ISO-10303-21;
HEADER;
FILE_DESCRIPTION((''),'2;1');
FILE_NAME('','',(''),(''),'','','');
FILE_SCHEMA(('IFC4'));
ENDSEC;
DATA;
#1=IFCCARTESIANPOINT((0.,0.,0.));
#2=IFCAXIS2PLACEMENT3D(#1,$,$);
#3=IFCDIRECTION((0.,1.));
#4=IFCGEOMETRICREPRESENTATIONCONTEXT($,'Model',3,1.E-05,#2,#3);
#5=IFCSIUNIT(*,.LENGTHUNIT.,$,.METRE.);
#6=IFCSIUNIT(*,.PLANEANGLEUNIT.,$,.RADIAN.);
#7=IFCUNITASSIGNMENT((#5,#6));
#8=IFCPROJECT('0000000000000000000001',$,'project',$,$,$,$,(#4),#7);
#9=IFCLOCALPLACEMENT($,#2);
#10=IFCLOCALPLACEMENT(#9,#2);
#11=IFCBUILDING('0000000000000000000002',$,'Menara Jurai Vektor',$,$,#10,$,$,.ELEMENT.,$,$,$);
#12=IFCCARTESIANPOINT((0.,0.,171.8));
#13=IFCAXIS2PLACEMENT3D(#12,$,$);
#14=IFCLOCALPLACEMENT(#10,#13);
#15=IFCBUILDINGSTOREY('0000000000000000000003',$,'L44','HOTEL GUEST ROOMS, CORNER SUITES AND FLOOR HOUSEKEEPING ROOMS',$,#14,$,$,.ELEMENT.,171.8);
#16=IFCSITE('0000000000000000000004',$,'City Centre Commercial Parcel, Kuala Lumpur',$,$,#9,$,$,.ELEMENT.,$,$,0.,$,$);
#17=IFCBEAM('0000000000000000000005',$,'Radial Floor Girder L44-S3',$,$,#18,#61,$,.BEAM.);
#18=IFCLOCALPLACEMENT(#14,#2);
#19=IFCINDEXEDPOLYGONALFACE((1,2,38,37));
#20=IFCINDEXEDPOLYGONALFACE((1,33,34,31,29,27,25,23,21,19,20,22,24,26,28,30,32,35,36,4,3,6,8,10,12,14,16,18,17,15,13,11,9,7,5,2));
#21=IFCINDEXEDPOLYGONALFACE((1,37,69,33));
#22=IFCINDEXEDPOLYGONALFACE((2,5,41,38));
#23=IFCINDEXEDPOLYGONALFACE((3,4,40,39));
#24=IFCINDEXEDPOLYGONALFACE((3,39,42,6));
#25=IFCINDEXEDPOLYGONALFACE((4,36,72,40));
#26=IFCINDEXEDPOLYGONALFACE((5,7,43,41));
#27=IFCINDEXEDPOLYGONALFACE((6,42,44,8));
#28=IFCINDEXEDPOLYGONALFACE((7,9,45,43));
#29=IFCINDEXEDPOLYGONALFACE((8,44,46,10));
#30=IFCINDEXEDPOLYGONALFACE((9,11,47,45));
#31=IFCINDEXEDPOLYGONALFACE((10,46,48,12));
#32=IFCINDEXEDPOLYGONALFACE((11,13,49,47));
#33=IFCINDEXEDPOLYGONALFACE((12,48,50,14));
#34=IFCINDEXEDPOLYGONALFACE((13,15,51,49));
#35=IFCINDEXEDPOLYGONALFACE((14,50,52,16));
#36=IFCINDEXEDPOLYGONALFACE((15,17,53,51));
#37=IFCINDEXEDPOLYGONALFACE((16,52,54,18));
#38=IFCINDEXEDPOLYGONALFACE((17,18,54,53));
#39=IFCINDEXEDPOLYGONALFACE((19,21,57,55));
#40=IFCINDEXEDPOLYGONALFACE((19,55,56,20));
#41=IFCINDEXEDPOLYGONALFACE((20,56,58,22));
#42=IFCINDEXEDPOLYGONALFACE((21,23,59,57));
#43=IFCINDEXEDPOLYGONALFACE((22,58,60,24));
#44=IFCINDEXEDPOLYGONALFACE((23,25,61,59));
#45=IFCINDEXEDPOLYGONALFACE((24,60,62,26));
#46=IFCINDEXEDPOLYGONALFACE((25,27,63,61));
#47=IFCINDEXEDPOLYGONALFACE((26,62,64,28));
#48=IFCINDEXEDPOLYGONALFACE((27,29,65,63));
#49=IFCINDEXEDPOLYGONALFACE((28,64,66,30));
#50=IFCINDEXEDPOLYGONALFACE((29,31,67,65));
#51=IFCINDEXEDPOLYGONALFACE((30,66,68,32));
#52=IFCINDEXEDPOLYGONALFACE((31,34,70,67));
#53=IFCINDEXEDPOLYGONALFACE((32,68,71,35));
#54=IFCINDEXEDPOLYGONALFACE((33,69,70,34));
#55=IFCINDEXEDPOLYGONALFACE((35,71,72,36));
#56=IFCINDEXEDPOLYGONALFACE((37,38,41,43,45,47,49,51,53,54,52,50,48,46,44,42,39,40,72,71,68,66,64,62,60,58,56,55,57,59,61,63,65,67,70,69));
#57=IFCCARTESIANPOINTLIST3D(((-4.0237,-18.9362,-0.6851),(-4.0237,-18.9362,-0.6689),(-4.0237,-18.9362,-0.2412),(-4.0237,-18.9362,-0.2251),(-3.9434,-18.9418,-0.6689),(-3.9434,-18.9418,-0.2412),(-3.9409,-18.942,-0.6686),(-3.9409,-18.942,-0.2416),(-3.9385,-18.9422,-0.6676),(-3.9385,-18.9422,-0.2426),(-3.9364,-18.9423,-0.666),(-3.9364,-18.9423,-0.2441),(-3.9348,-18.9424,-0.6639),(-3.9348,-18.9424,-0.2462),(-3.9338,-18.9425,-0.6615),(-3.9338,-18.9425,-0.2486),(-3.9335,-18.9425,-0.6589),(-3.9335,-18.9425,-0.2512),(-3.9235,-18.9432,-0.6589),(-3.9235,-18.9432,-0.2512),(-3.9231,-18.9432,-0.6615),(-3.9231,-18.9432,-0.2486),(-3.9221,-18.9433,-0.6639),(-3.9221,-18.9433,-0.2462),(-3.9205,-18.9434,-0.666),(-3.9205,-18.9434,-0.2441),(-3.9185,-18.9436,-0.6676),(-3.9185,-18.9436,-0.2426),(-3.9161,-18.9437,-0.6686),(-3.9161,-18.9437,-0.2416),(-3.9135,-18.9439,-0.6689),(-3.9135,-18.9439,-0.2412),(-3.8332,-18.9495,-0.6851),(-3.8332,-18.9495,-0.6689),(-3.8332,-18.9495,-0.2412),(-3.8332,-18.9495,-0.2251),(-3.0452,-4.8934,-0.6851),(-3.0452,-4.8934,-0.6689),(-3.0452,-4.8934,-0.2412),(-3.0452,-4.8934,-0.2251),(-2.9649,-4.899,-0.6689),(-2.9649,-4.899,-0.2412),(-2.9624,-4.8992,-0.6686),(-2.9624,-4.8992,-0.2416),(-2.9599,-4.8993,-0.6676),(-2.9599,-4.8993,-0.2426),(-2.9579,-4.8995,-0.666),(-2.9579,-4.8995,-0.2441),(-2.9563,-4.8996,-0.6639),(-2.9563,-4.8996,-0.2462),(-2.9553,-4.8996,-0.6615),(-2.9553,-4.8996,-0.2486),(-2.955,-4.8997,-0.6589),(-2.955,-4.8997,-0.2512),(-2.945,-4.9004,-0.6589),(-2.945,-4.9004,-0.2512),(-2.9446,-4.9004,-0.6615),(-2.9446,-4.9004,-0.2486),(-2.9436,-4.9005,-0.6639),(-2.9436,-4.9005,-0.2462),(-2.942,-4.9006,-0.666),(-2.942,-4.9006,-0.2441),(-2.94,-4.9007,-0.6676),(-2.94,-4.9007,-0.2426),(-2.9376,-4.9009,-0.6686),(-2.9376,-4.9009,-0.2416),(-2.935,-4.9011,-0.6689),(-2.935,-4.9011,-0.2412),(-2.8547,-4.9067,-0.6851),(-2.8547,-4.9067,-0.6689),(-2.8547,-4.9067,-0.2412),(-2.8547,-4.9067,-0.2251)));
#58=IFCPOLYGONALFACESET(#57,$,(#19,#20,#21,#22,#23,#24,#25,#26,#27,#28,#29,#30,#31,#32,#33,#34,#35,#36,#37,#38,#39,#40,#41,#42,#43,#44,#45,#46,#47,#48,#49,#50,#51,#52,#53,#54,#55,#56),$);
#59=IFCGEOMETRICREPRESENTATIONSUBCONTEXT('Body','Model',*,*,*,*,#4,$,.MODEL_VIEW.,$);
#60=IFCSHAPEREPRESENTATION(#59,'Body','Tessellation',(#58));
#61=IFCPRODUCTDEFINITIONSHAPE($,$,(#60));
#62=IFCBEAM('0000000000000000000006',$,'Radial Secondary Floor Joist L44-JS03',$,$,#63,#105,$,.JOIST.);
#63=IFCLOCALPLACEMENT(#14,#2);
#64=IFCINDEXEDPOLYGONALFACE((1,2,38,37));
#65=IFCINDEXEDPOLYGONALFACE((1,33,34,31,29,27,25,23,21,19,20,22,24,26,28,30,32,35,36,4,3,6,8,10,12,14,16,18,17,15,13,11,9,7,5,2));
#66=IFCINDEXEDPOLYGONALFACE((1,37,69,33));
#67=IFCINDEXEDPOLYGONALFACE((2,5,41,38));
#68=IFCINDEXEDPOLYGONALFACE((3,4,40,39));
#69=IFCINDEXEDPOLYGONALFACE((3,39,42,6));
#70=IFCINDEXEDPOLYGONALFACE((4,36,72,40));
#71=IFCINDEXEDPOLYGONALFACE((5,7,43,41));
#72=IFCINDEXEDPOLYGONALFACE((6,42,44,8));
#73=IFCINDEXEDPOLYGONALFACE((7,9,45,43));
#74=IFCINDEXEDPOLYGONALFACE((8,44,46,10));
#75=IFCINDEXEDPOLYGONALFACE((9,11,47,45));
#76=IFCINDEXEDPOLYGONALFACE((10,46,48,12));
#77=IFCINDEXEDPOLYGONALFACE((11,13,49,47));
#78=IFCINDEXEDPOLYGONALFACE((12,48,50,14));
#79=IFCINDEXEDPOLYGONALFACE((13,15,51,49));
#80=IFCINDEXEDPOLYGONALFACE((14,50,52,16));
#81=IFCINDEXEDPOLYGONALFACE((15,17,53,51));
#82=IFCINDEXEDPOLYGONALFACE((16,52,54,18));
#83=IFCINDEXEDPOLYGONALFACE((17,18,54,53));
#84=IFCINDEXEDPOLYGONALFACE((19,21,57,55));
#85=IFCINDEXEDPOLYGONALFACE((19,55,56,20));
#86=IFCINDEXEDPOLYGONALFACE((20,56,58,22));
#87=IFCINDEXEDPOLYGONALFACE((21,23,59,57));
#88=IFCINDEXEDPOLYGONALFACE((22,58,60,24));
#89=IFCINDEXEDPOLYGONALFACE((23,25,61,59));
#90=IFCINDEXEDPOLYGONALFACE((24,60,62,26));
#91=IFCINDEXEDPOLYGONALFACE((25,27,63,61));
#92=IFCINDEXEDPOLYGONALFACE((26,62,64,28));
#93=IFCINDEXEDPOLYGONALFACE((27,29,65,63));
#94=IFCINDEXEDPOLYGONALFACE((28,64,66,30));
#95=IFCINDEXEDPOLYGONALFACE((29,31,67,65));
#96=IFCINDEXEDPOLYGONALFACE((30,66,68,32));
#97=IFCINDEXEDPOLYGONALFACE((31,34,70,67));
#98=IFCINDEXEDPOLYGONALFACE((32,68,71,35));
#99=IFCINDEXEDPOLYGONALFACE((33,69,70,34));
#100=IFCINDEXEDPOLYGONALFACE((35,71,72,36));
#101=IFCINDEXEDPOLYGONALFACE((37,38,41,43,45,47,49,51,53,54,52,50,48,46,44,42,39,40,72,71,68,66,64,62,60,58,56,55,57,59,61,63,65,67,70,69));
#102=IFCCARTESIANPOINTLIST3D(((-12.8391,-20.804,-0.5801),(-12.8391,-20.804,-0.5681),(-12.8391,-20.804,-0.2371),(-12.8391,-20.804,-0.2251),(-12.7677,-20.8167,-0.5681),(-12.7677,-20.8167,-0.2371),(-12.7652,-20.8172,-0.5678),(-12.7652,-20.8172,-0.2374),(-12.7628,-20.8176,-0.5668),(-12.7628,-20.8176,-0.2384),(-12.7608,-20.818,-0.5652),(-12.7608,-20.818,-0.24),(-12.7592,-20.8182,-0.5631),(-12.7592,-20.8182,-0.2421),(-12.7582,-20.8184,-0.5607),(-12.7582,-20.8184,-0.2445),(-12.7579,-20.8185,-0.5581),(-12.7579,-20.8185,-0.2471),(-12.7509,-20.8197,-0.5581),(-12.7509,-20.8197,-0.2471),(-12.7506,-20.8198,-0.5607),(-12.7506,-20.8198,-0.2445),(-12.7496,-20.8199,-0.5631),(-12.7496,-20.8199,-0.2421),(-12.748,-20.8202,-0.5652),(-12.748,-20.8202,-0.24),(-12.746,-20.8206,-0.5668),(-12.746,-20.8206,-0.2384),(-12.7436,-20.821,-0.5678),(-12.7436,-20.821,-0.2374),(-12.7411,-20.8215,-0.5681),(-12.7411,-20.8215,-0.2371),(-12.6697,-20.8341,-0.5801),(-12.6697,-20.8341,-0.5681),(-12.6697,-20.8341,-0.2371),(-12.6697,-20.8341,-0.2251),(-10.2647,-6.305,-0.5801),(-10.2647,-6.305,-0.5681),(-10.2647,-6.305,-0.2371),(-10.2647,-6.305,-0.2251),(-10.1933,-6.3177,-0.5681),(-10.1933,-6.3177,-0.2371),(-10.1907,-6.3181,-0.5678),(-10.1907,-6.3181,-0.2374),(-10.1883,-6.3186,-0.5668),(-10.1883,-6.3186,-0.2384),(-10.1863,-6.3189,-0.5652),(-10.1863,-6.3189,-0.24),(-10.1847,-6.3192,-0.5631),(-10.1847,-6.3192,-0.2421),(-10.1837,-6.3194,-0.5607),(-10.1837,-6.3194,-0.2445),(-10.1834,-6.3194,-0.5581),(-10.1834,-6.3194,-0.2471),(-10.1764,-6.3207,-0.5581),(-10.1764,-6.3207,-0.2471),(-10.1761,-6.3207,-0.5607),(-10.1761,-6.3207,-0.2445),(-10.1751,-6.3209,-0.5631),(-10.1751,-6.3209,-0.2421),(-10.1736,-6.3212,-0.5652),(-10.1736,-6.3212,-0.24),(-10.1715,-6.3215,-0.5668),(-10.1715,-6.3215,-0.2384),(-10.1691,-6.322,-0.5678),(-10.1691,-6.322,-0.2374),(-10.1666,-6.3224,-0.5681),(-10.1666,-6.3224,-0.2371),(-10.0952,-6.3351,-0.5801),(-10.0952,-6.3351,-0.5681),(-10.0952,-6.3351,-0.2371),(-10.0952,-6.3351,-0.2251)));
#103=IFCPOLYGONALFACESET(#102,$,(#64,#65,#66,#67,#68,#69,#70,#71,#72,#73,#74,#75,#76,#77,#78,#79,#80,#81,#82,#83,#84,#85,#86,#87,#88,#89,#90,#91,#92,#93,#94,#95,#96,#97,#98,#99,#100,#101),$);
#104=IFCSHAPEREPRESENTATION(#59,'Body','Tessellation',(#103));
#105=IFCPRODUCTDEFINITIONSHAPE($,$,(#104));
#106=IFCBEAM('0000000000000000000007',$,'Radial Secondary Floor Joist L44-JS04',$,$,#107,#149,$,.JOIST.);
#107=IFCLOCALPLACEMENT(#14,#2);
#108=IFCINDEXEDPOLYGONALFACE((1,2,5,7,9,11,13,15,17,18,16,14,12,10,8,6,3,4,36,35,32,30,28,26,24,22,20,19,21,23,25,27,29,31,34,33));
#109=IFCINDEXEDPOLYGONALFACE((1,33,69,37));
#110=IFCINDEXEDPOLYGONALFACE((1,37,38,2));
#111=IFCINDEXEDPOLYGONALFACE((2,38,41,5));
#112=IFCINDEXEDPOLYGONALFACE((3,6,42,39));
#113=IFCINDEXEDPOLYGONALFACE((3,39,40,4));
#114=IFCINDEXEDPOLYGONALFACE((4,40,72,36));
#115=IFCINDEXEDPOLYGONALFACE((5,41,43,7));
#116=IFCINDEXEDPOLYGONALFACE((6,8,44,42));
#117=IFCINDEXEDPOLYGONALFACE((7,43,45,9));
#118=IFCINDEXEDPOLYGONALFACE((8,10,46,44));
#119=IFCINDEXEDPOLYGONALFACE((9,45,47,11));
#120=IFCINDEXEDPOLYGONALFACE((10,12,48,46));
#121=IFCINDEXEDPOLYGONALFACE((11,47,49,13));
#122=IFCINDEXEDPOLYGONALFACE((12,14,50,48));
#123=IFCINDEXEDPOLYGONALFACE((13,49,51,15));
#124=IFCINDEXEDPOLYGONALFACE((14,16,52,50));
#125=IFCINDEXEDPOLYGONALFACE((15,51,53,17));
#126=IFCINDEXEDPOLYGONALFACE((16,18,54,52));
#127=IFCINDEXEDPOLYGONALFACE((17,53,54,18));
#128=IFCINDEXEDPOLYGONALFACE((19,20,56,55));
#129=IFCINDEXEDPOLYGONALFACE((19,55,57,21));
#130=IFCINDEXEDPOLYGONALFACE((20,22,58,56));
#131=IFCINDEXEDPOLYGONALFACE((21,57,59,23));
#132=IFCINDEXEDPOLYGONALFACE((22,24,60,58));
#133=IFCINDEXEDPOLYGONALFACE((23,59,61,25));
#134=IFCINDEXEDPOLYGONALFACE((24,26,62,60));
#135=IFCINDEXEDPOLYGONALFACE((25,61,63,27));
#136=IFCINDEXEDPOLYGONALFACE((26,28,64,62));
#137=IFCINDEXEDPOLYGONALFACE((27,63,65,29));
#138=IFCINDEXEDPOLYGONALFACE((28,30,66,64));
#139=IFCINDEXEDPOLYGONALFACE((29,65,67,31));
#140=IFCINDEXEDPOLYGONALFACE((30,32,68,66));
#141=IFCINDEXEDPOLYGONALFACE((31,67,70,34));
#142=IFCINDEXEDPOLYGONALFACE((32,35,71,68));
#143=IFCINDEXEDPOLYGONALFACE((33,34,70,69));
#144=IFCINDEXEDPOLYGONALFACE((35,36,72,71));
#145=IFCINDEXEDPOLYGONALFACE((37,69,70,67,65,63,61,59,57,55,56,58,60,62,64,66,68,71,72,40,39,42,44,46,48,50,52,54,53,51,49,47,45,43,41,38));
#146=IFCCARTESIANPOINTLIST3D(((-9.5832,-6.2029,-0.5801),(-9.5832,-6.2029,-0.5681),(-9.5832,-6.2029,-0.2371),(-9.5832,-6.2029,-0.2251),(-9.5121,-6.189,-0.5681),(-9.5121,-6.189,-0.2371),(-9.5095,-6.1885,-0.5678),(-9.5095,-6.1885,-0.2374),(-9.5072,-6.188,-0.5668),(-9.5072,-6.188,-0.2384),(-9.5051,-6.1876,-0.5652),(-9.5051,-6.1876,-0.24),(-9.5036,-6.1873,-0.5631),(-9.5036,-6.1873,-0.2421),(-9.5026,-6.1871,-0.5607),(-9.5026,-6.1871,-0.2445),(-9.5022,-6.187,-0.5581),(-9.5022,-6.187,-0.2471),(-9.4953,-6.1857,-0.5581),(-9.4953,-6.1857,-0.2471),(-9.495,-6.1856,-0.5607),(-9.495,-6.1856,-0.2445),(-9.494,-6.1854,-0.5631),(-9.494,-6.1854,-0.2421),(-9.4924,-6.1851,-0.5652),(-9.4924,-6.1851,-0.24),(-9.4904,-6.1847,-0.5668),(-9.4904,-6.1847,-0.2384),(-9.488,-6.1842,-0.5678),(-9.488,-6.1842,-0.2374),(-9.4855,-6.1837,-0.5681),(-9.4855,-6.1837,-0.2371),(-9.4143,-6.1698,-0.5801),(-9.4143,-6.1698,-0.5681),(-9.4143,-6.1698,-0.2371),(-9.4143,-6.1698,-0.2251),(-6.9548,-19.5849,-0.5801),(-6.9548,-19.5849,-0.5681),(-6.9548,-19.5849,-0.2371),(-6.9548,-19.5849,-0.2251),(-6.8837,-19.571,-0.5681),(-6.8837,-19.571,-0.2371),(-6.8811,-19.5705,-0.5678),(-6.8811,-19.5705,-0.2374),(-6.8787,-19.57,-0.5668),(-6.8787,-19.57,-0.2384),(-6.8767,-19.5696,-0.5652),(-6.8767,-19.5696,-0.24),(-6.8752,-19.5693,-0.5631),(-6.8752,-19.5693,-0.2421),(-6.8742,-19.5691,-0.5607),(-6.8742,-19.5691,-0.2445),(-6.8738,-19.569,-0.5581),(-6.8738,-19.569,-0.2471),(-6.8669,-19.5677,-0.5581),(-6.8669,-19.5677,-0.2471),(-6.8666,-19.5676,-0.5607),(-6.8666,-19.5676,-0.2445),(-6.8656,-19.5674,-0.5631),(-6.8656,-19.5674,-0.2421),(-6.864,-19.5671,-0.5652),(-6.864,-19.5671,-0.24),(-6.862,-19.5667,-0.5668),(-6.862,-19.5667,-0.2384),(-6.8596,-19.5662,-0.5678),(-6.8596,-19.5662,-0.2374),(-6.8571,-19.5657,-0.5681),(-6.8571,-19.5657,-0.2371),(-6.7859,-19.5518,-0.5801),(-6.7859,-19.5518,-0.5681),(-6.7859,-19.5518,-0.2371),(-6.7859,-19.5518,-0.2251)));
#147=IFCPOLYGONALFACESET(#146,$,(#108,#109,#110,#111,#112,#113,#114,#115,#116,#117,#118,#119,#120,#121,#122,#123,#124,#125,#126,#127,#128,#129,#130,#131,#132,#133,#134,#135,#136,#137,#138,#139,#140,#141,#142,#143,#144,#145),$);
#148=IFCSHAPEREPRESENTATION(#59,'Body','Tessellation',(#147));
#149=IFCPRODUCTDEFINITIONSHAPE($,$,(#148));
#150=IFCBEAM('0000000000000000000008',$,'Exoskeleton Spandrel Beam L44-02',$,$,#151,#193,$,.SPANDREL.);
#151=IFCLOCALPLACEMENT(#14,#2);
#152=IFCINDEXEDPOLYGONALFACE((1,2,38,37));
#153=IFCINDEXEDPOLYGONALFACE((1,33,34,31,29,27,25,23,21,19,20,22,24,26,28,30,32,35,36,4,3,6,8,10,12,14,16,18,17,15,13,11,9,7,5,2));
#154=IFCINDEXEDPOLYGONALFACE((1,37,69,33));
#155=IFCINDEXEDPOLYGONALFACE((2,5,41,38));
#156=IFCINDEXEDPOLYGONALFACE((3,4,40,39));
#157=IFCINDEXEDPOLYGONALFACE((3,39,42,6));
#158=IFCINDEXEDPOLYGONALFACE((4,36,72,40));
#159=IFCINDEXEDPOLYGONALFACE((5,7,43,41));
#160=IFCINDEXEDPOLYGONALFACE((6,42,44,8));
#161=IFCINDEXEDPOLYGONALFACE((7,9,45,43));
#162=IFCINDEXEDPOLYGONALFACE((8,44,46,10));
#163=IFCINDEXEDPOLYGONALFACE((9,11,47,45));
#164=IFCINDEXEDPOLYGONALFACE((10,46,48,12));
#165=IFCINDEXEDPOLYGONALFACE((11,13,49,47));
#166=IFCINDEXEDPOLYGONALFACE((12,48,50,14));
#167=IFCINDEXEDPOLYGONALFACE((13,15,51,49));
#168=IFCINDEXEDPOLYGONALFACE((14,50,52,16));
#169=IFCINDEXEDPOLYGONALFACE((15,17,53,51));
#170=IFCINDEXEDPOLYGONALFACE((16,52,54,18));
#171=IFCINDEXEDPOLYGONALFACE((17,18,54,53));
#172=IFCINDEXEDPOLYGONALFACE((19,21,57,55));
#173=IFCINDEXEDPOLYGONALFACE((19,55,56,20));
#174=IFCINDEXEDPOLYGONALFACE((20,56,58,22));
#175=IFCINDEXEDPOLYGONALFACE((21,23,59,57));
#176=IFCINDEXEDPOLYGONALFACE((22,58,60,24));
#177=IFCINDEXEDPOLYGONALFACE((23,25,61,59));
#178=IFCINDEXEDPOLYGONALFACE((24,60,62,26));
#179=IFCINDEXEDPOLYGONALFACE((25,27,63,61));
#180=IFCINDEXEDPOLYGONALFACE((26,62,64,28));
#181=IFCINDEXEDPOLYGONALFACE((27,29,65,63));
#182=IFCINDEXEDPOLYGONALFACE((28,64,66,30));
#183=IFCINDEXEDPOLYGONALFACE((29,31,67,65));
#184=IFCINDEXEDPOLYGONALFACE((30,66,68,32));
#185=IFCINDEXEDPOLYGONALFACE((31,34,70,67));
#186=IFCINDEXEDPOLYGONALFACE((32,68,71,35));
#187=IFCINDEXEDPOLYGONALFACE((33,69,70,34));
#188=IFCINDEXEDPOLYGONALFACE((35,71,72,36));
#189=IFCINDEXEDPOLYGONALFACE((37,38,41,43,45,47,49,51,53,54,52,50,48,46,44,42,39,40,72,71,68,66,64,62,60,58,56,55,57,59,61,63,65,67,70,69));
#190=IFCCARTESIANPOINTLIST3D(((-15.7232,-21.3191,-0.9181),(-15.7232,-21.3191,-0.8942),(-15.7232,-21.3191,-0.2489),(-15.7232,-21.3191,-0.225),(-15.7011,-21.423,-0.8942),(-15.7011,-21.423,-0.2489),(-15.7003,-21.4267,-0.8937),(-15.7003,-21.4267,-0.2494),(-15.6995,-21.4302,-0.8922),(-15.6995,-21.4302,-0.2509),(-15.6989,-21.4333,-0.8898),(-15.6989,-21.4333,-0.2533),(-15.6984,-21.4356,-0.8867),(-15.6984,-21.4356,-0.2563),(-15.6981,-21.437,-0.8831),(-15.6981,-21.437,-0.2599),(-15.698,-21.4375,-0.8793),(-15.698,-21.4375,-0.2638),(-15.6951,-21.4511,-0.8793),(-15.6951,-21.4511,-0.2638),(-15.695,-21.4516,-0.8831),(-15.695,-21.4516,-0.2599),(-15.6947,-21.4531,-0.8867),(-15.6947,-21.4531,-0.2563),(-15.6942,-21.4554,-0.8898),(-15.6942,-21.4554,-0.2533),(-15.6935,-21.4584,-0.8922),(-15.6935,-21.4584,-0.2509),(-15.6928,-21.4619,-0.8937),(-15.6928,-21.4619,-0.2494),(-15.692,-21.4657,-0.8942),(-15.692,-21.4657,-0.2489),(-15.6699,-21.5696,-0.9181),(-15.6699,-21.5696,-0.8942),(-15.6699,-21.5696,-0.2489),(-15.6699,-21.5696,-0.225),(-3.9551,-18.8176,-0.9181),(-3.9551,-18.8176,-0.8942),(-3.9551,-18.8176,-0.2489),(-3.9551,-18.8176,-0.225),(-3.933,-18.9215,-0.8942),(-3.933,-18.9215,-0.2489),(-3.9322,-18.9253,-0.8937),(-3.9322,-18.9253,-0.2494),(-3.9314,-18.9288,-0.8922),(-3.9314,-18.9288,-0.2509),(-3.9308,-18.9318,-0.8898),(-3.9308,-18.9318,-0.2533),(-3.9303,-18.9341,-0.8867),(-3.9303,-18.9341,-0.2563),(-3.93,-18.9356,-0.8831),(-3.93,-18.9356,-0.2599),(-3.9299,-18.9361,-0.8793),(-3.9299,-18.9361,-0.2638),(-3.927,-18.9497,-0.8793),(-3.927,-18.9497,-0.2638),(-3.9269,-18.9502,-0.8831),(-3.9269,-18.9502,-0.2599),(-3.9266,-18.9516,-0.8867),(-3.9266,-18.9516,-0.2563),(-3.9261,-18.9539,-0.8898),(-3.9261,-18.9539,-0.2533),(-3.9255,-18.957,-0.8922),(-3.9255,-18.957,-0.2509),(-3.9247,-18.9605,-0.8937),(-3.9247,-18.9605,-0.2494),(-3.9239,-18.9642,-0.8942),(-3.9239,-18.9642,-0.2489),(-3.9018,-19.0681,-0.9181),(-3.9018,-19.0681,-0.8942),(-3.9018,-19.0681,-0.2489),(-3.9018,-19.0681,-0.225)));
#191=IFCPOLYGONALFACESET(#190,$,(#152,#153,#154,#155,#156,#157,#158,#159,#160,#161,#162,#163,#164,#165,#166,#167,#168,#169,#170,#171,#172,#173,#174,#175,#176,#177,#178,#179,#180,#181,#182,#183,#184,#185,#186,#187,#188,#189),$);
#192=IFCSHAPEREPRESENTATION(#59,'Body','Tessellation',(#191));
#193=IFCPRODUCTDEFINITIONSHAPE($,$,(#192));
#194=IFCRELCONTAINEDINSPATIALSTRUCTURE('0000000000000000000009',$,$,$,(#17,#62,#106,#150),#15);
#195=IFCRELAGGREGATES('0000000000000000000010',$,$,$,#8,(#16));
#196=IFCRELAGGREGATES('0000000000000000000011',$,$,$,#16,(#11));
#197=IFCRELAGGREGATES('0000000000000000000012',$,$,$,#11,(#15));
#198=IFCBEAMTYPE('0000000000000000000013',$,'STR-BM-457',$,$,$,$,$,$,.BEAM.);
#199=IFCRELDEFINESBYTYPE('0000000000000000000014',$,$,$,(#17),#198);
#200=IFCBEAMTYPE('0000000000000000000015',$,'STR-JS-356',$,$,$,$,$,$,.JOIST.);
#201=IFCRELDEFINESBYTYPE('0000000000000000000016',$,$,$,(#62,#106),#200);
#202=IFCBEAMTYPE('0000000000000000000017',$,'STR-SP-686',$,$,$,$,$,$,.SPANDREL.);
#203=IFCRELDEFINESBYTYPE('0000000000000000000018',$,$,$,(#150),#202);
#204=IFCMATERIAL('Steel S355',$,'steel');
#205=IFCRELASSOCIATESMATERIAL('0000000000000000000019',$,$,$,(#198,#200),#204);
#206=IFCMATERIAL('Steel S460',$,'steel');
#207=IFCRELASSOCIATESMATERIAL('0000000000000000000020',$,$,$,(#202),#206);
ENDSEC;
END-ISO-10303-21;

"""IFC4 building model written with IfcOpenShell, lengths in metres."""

from ifc_helpers import new_model, si_unit, direction, frame, origin, origin_2d, place, context, subcontext, project, spatial, i_section, extrude, material, material_profile, profile_set, type_object, element, save


model = new_model("IFC4")

# Units and contexts
model_context = context("Model", 3, precision=1e-05, world=origin(), true_north=direction((0.0, 1.0)))
body_context = subcontext(model_context, "Body", "Model", "MODEL_VIEW")
ifc_project = project(units=[si_unit("LENGTHUNIT", "METRE"), si_unit("PLANEANGLEUNIT", "RADIAN")], contexts=[model_context])

# Site, building, storey
site_placement = place(None, origin())
site = spatial("IfcSite", under=ifc_project, at=site_placement, Name="City Centre Commercial Parcel, Kuala Lumpur", CompositionType="ELEMENT", RefElevation=0.0)
building_placement = place(site_placement, origin())
building = spatial("IfcBuilding", under=site, at=building_placement, Name="Menara Jurai Vektor", CompositionType="ELEMENT")
storey_placement = place(building_placement, frame((0.0, 0.0, 171.8)))
storey = spatial("IfcBuildingStorey", under=building, at=storey_placement, Name="L44", Description="HOTEL GUEST ROOMS, CORNER SUITES AND FLOOR HOUSEKEEPING ROOMS", CompositionType="ELEMENT", Elevation=171.8)

# Shared definitions
ifc_material_1 = material(Name="Steel S460", Category="steel")

# Beams
ifc_material_2 = material(Name="Steel S355", Category="steel")
ifc_material_profile_1 = material_profile(ifc_material_2, i_section(OverallWidth=0.1909, OverallDepth=0.46, WebThickness=0.01, FlangeThickness=0.0161, FilletRadius=0.01, at=origin_2d()), Name="UKB 457x191x82")
ifc_profile_set_1 = profile_set([ifc_material_profile_1], Name="Steel S355")
beam_type_1 = type_object("IfcBeamType", Name="STR-BM-457", PredefinedType="BEAM", material=ifc_profile_set_1)
beam_1_placement = place(storey_placement, frame((-3.9285, -18.9429, -0.4551), z_axis=(0.069512, 0.997581, 0.0), x_axis=(-0.997581, 0.069512, 0.0)))
element("IfcBeam", 1, at=beam_1_placement, inside=storey, type_object=beam_type_1, Name="Radial Floor Girder L44-S3", PredefinedType="BEAM", context=body_context, shape_type="SweptSolid", body=[
    extrude(i_section(OverallWidth=0.1909, OverallDepth=0.46, WebThickness=0.01, FlangeThickness=0.0161, FilletRadius=0.01, at=origin_2d()), origin(), (0.0, 0.0, 1.0), 14.0769),
])
ifc_material_profile_2 = material_profile(ifc_material_2, i_section(OverallWidth=0.1721, OverallDepth=0.355, WebThickness=0.0071, FlangeThickness=0.012, FilletRadius=0.01, at=origin_2d()), Name="UKB 356x171x51")
ifc_profile_set_2 = profile_set([ifc_material_profile_2], Name="Steel S355")
beam_type_2 = type_object("IfcBeamType", Name="STR-JS-356", PredefinedType="JOIST", material=ifc_profile_set_2)
beam_2_placement = place(storey_placement, frame((-12.7544, -20.8191, -0.4026), z_axis=(0.174827, 0.984599, 0.0), x_axis=(-0.984599, 0.174827, 0.0)))
element("IfcBeam", 2, at=beam_2_placement, inside=storey, type_object=beam_type_2, Name="Radial Secondary Floor Joist L44-JS03", PredefinedType="JOIST", context=body_context, shape_type="SweptSolid", body=[
    extrude(i_section(OverallWidth=0.1721, OverallDepth=0.355, WebThickness=0.0071, FlangeThickness=0.012, FilletRadius=0.01, at=origin_2d()), origin(), (0.0, 0.0, 1.0), 14.7258),
])
beam_3_placement = place(storey_placement, frame((-6.8704, -19.5684, -0.4026), z_axis=(-0.192731, 0.981252, 0.0), x_axis=(-0.981252, -0.192731, 0.0)))
element("IfcBeam", 3, at=beam_3_placement, inside=storey, type_object=beam_type_2, Name="Radial Secondary Floor Joist L44-JS04", PredefinedType="JOIST", context=body_context, shape_type="SweptSolid", body=[
    extrude(i_section(OverallWidth=0.1721, OverallDepth=0.355, WebThickness=0.0071, FlangeThickness=0.012, FilletRadius=0.01, at=origin_2d()), origin(), (0.0, 0.0, 1.0), 13.6377),
])
ifc_material_profile_3 = material_profile(ifc_material_1, i_section(OverallWidth=0.2561, OverallDepth=0.6931, WebThickness=0.0139, FlangeThickness=0.0239, FilletRadius=0.0149, at=origin_2d()), Name="UKB 686x254x170")
ifc_profile_set_3 = profile_set([ifc_material_profile_3], Name="Steel S460")
beam_type_3 = type_object("IfcBeamType", Name="STR-SP-686", PredefinedType="SPANDREL", material=ifc_profile_set_3)
beam_4_placement = place(storey_placement, frame((-15.6965, -21.4443, -0.5715), z_axis=(0.978146, 0.207918, 0.0), x_axis=(-0.207918, 0.978146, 0.0)))
element("IfcBeam", 4, at=beam_4_placement, inside=storey, type_object=beam_type_3, Name="Exoskeleton Spandrel Beam L44-02", PredefinedType="SPANDREL", context=body_context, shape_type="SweptSolid", body=[
    extrude(i_section(OverallWidth=0.2561, OverallDepth=0.6931, WebThickness=0.0139, FlangeThickness=0.0239, FilletRadius=0.0149, at=origin_2d()), origin(), (0.0, 0.0, 1.0), 12.031),
])

save(model, "model.ifc")
